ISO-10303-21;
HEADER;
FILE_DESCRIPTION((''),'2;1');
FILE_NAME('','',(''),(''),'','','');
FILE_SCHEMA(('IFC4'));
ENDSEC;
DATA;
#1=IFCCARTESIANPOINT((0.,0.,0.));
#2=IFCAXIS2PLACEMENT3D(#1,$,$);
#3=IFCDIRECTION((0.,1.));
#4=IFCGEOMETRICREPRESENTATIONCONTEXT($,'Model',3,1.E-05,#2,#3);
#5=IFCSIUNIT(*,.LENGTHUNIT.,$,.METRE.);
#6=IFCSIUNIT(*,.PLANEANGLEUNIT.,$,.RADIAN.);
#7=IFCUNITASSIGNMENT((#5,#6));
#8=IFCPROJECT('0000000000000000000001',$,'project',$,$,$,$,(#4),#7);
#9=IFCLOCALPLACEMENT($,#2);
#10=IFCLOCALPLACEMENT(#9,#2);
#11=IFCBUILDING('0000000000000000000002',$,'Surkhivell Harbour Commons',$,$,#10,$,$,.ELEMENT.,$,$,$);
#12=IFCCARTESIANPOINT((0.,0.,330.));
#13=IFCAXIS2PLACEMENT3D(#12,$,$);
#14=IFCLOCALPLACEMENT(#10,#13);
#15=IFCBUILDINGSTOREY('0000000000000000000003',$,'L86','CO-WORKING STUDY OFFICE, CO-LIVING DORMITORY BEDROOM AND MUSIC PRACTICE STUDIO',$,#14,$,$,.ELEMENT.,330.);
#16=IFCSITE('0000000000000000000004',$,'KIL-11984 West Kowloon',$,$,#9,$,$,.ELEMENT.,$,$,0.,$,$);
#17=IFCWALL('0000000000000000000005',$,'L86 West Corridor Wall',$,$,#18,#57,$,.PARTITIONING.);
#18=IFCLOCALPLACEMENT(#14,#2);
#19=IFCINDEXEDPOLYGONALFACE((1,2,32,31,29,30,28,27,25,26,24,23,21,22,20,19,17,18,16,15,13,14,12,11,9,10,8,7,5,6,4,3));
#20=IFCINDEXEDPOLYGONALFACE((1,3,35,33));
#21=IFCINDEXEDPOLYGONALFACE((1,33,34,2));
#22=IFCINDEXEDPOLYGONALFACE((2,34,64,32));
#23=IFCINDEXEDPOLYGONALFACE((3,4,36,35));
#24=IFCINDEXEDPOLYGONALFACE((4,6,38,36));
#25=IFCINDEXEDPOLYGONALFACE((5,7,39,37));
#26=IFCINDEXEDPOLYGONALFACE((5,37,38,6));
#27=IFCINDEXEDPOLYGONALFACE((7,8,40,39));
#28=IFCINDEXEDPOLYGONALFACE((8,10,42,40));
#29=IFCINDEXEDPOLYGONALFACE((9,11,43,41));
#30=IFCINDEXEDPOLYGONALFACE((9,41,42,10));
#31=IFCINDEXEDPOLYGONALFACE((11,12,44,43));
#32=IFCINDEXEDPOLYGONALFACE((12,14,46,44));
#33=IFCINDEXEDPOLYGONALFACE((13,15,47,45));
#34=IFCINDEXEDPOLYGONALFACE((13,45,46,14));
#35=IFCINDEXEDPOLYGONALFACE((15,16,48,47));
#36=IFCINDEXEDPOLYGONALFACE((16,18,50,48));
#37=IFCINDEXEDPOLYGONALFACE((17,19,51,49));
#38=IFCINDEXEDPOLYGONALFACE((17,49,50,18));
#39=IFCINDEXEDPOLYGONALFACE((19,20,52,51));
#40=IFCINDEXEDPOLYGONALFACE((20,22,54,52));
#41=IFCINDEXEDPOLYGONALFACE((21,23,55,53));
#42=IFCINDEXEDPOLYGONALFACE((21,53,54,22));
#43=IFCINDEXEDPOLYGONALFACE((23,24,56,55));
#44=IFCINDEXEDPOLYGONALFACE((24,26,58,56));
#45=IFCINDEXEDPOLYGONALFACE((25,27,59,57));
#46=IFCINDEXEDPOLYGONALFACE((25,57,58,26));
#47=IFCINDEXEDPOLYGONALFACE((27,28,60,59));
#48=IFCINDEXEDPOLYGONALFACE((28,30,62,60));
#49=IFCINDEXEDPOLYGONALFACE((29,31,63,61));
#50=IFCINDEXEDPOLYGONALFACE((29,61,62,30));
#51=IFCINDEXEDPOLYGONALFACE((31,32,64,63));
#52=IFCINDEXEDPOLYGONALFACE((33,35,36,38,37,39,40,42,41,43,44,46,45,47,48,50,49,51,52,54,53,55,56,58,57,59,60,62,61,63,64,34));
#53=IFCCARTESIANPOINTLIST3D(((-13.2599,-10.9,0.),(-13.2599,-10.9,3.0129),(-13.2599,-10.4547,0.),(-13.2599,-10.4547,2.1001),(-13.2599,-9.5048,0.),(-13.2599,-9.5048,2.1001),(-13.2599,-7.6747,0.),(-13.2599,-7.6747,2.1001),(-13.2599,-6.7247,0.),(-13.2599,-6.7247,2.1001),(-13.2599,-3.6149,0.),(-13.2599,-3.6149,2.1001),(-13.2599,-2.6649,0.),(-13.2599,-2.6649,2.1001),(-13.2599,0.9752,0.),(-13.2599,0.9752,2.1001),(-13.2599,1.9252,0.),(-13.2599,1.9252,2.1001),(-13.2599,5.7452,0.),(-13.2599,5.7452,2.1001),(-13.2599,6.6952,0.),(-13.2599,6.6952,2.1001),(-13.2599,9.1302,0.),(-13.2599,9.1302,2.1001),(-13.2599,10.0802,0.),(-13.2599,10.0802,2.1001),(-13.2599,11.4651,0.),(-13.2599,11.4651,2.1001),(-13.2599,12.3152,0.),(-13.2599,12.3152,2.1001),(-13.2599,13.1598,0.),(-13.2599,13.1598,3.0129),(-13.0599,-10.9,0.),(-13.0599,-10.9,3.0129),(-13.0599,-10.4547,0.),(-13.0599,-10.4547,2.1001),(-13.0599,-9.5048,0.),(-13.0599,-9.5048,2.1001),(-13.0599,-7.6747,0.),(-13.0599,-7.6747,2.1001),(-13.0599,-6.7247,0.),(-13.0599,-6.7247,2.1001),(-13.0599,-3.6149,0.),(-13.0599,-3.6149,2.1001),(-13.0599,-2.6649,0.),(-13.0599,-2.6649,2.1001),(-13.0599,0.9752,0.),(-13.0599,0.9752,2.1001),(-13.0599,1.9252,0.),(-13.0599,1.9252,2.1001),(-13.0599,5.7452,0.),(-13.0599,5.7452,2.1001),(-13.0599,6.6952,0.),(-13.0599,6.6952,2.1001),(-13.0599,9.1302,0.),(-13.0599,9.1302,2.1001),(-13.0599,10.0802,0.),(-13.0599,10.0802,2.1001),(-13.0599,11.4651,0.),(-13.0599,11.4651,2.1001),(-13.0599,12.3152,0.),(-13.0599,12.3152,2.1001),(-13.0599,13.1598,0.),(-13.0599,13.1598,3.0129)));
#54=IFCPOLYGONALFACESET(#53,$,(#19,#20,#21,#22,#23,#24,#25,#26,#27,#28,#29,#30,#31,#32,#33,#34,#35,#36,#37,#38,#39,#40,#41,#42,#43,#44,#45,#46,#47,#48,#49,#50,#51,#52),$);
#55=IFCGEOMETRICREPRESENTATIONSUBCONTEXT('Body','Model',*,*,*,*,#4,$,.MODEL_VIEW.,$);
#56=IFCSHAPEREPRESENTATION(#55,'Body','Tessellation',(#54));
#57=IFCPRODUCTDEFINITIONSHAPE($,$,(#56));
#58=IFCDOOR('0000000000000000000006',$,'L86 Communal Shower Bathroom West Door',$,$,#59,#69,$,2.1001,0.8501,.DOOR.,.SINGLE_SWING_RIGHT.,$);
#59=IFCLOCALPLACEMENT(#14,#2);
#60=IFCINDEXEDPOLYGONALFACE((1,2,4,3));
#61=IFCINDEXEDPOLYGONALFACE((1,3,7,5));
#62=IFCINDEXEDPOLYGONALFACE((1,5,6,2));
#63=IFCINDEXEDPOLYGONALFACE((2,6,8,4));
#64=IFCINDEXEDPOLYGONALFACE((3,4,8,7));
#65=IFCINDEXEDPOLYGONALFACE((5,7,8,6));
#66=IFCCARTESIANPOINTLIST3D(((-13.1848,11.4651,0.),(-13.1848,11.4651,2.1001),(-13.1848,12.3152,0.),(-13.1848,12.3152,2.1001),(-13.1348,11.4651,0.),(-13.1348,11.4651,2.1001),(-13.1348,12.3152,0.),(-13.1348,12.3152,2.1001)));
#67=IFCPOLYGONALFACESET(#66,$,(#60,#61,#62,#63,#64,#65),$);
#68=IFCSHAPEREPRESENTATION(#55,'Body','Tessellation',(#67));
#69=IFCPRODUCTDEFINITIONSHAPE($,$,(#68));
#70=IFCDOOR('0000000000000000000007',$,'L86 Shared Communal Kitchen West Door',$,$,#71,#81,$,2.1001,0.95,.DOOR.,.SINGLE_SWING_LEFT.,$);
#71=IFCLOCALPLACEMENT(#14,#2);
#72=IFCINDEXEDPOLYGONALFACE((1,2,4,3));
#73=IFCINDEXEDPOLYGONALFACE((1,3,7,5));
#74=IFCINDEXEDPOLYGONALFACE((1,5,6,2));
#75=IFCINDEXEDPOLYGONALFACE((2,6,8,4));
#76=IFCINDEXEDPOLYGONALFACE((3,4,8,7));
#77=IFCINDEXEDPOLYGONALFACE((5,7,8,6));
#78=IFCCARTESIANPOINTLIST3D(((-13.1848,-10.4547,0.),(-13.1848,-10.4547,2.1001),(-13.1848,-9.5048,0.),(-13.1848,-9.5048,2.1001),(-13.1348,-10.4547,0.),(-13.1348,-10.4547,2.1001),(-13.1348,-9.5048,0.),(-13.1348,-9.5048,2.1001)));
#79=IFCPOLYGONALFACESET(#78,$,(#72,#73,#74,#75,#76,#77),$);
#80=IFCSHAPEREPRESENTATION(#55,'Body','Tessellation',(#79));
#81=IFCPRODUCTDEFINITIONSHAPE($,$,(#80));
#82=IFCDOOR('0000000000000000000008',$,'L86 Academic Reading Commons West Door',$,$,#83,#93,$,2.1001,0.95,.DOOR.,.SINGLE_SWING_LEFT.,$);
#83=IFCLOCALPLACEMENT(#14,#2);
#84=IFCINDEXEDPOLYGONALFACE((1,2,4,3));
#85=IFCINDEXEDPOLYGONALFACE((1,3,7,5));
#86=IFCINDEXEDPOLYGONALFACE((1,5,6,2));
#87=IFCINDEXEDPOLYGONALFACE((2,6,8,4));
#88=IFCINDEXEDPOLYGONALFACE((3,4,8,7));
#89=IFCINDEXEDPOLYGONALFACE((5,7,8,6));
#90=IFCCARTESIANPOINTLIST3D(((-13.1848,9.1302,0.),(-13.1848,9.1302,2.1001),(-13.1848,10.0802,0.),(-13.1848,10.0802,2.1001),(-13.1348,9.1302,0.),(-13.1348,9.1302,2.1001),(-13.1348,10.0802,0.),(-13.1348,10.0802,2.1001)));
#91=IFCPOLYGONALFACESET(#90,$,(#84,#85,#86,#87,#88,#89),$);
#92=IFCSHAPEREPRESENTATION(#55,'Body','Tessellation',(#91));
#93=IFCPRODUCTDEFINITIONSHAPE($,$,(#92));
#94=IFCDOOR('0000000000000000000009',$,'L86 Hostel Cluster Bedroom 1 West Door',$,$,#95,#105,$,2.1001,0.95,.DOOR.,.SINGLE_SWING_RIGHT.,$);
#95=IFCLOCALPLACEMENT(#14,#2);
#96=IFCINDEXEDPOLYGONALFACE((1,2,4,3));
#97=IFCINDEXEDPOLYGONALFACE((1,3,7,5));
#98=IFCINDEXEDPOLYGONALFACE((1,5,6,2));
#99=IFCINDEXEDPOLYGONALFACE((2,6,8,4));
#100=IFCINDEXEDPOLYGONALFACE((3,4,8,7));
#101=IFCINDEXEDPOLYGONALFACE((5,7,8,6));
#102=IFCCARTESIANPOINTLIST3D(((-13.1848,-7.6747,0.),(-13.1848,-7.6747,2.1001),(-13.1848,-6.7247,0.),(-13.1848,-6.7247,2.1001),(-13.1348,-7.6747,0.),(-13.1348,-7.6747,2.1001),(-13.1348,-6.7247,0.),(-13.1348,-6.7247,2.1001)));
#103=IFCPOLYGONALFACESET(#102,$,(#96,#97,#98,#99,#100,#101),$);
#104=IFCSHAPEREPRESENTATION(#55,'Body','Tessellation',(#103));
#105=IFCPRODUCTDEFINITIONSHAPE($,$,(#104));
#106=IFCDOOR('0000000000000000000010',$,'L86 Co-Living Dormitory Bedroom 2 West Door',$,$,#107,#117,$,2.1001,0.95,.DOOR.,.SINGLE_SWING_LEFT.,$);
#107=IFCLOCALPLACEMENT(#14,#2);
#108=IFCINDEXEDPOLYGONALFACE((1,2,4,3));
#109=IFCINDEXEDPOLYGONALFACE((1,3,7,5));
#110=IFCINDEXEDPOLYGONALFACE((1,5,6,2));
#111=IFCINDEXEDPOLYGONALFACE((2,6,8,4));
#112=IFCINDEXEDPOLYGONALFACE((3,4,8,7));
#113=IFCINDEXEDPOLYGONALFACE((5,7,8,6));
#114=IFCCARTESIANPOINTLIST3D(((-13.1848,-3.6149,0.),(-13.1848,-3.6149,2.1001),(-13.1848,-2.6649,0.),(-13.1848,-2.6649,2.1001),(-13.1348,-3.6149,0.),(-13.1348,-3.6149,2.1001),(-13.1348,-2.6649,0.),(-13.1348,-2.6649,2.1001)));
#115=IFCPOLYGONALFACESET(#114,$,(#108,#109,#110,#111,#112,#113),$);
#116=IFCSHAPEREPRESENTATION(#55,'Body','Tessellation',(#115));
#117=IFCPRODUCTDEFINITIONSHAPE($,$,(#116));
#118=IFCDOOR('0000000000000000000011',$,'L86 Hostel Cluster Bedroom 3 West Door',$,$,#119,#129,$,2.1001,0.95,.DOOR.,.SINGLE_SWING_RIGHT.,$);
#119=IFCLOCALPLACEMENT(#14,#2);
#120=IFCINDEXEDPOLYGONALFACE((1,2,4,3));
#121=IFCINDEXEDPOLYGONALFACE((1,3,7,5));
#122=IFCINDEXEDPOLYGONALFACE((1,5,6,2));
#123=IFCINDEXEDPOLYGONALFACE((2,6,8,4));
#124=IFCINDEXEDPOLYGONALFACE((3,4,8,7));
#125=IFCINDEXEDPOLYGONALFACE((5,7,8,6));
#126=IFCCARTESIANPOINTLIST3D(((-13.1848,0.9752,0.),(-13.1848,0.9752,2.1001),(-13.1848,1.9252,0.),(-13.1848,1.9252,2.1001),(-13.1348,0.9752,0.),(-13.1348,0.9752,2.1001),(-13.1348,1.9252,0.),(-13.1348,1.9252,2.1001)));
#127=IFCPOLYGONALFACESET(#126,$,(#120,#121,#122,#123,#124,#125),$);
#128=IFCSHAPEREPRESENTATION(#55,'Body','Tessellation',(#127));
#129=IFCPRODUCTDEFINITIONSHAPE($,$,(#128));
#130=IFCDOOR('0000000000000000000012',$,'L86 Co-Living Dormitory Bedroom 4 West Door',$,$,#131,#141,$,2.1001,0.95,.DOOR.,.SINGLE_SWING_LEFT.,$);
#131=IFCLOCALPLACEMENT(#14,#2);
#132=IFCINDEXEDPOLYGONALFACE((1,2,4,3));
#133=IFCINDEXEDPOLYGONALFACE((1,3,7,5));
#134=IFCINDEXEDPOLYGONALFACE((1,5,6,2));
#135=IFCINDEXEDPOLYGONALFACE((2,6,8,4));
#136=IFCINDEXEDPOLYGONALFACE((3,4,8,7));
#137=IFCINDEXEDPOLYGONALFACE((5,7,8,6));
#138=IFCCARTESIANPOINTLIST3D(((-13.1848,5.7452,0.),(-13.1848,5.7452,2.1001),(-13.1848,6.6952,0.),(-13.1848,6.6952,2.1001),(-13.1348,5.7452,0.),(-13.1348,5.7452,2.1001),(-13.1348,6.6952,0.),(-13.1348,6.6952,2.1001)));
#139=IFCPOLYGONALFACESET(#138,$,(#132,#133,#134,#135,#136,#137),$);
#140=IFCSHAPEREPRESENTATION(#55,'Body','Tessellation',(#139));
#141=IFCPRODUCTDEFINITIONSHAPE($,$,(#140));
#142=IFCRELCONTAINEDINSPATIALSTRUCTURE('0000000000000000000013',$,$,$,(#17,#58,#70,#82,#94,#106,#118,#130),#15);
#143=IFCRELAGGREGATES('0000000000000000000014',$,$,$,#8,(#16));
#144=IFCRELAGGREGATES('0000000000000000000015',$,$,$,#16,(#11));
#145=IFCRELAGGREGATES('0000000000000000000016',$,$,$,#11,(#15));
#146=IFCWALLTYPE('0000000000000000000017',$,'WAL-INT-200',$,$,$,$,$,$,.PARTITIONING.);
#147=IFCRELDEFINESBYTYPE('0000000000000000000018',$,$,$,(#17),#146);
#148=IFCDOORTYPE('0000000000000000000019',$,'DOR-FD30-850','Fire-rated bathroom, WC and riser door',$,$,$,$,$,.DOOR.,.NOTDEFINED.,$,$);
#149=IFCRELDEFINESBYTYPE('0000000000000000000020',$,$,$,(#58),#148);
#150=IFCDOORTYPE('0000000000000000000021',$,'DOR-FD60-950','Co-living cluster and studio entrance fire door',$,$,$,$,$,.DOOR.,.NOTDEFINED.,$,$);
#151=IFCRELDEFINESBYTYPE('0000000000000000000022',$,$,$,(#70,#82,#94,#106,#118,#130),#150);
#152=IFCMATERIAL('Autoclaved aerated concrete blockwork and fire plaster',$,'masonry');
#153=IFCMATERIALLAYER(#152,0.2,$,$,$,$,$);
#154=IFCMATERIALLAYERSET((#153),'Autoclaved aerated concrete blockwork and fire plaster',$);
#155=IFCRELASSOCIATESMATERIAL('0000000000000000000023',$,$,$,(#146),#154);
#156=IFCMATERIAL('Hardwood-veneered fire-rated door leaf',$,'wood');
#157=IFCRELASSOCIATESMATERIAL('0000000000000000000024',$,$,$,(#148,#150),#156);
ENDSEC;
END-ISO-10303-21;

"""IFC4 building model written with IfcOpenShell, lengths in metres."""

from ifc_helpers import new_model, si_unit, direction, frame, frame_2d, origin, place, context, subcontext, project, spatial, rectangle, extrude, material, layer, layer_set, type_object, element, fill, save


model = new_model("IFC4")

# Units and contexts
model_context = context("Model", 3, precision=1e-05, world=origin(), true_north=direction((0.0, 1.0)))
body_context = subcontext(model_context, "Body", "Model", "MODEL_VIEW")
ifc_project = project(units=[si_unit("LENGTHUNIT", "METRE"), si_unit("PLANEANGLEUNIT", "RADIAN")], contexts=[model_context])

# Site, building, storey
site_placement = place(None, origin())
site = spatial("IfcSite", under=ifc_project, at=site_placement, Name="KIL-11984 West Kowloon", CompositionType="ELEMENT", RefElevation=0.0)
building_placement = place(site_placement, origin())
building = spatial("IfcBuilding", under=site, at=building_placement, Name="Surkhivell Harbour Commons", CompositionType="ELEMENT")
storey_placement = place(building_placement, frame((0.0, 0.0, 330.0)))
storey = spatial("IfcBuildingStorey", under=building, at=storey_placement, Name="L86", Description="CO-WORKING STUDY OFFICE, CO-LIVING DORMITORY BEDROOM AND MUSIC PRACTICE STUDIO", CompositionType="ELEMENT", Elevation=330.0)

# Wall, openings, doors
ifc_material_1 = material(Name="Autoclaved aerated concrete blockwork and fire plaster", Category="masonry")
ifc_layer_1 = layer(ifc_material_1, 0.2)
ifc_layer_set_1 = layer_set([ifc_layer_1], Name="Autoclaved aerated concrete blockwork and fire plaster")
wall_type_1 = type_object("IfcWallType", Name="WAL-INT-200", PredefinedType="PARTITIONING", material=ifc_layer_set_1)
wall_1_placement = place(storey_placement, frame((-13.1599, -10.8999, 0.0), z_axis=(0.0, 0.0, 1.0), x_axis=(0.0, 1.0, 0.0)))
wall_1 = element("IfcWall", 1, at=wall_1_placement, inside=storey, type_object=wall_type_1, Name="L86 West Corridor Wall", PredefinedType="PARTITIONING", context=body_context, shape_type="SweptSolid", body=[
    extrude(rectangle(XDim=24.0598, YDim=0.2, at=frame_2d((12.0298, 0.0))), origin(), (0.0, 0.0, 1.0), 3.0129),
])
opening_1_placement = place(wall_1_placement, frame((0.4451, 0.0, 0.0)))
opening_1 = element("IfcOpeningElement", 2, at=opening_1_placement, cuts=wall_1, PredefinedType="OPENING", context=body_context, shape_type="SweptSolid", body=[
    extrude(rectangle(XDim=0.95, YDim=2.1001, at=frame_2d((0.4751, 1.05))), frame((0.0, 0.1099, 0.0), z_axis=(0.0, -1.0, 0.0), x_axis=(1.0, 0.0, 0.0)), (0.0, 0.0, 1.0), 0.22),
])
opening_2_placement = place(wall_1_placement, frame((22.365, 0.0, 0.0)))
opening_2 = element("IfcOpeningElement", 3, at=opening_2_placement, cuts=wall_1, PredefinedType="OPENING", context=body_context, shape_type="SweptSolid", body=[
    extrude(rectangle(XDim=0.8501, YDim=2.1001, at=frame_2d((0.425, 1.05))), frame((0.0, 0.1099, 0.0), z_axis=(0.0, -1.0, 0.0), x_axis=(1.0, 0.0, 0.0)), (0.0, 0.0, 1.0), 0.22),
])
opening_3_placement = place(wall_1_placement, frame((20.03, 0.0, 0.0)))
opening_3 = element("IfcOpeningElement", 4, at=opening_3_placement, cuts=wall_1, PredefinedType="OPENING", context=body_context, shape_type="SweptSolid", body=[
    extrude(rectangle(XDim=0.95, YDim=2.1001, at=frame_2d((0.4751, 1.05))), frame((0.0, 0.1099, 0.0), z_axis=(0.0, -1.0, 0.0), x_axis=(1.0, 0.0, 0.0)), (0.0, 0.0, 1.0), 0.22),
])
opening_4_placement = place(wall_1_placement, frame((3.2251, 0.0, 0.0)))
opening_4 = element("IfcOpeningElement", 5, at=opening_4_placement, cuts=wall_1, PredefinedType="OPENING", context=body_context, shape_type="SweptSolid", body=[
    extrude(rectangle(XDim=0.95, YDim=2.1001, at=frame_2d((0.4751, 1.05))), frame((0.0, 0.1099, 0.0), z_axis=(0.0, -1.0, 0.0), x_axis=(1.0, 0.0, 0.0)), (0.0, 0.0, 1.0), 0.22),
])
opening_5_placement = place(wall_1_placement, frame((7.2849, 0.0, 0.0)))
opening_5 = element("IfcOpeningElement", 6, at=opening_5_placement, cuts=wall_1, PredefinedType="OPENING", context=body_context, shape_type="SweptSolid", body=[
    extrude(rectangle(XDim=0.95, YDim=2.1001, at=frame_2d((0.4751, 1.05))), frame((0.0, 0.1099, 0.0), z_axis=(0.0, -1.0, 0.0), x_axis=(1.0, 0.0, 0.0)), (0.0, 0.0, 1.0), 0.22),
])
opening_6_placement = place(wall_1_placement, frame((11.875, 0.0, 0.0)))
opening_6 = element("IfcOpeningElement", 7, at=opening_6_placement, cuts=wall_1, PredefinedType="OPENING", context=body_context, shape_type="SweptSolid", body=[
    extrude(rectangle(XDim=0.95, YDim=2.1001, at=frame_2d((0.4751, 1.05))), frame((0.0, 0.1099, 0.0), z_axis=(0.0, -1.0, 0.0), x_axis=(1.0, 0.0, 0.0)), (0.0, 0.0, 1.0), 0.22),
])
opening_7_placement = place(wall_1_placement, frame((16.645, 0.0, 0.0)))
opening_7 = element("IfcOpeningElement", 8, at=opening_7_placement, cuts=wall_1, PredefinedType="OPENING", context=body_context, shape_type="SweptSolid", body=[
    extrude(rectangle(XDim=0.95, YDim=2.1001, at=frame_2d((0.4751, 1.05))), frame((0.0, 0.1099, 0.0), z_axis=(0.0, -1.0, 0.0), x_axis=(1.0, 0.0, 0.0)), (0.0, 0.0, 1.0), 0.22),
])
ifc_material_2 = material(Name="Hardwood-veneered fire-rated door leaf", Category="wood")
door_type_1 = type_object("IfcDoorType", Name="DOR-FD30-850", Description="Fire-rated bathroom, WC and riser door", OperationType="NOTDEFINED", PredefinedType="DOOR", material=ifc_material_2)
door_1_placement = place(opening_2_placement, origin())
door_1 = element("IfcDoor", 9, at=door_1_placement, inside=storey, type_object=door_type_1, Name="L86 Communal Shower Bathroom West Door", OperationType="SINGLE_SWING_RIGHT", OverallHeight=2.1001, OverallWidth=0.8501, PredefinedType="DOOR", context=body_context, shape_type="SweptSolid", body=[
    extrude(rectangle(XDim=0.8501, YDim=2.1001, at=frame_2d((0.425, 1.05))), frame((0.0, 0.0249, 0.0), z_axis=(0.0, -1.0, 0.0), x_axis=(1.0, 0.0, 0.0)), (0.0, 0.0, 1.0), 0.05),
])
fill(opening_2, door_1)
door_type_2 = type_object("IfcDoorType", Name="DOR-FD60-950", Description="Co-living cluster and studio entrance fire door", OperationType="NOTDEFINED", PredefinedType="DOOR", material=ifc_material_2)
door_2_placement = place(opening_1_placement, origin())
door_2 = element("IfcDoor", 10, at=door_2_placement, inside=storey, type_object=door_type_2, Name="L86 Shared Communal Kitchen West Door", OperationType="SINGLE_SWING_LEFT", OverallHeight=2.1001, OverallWidth=0.95, PredefinedType="DOOR", context=body_context, shape_type="SweptSolid", body=[
    extrude(rectangle(XDim=0.95, YDim=2.1001, at=frame_2d((0.4751, 1.05))), frame((0.0, 0.0249, 0.0), z_axis=(0.0, -1.0, 0.0), x_axis=(1.0, 0.0, 0.0)), (0.0, 0.0, 1.0), 0.05),
])
fill(opening_1, door_2)
door_3_placement = place(opening_3_placement, origin())
door_3 = element("IfcDoor", 11, at=door_3_placement, inside=storey, type_object=door_type_2, Name="L86 Academic Reading Commons West Door", OperationType="SINGLE_SWING_LEFT", OverallHeight=2.1001, OverallWidth=0.95, PredefinedType="DOOR", context=body_context, shape_type="SweptSolid", body=[
    extrude(rectangle(XDim=0.95, YDim=2.1001, at=frame_2d((0.4751, 1.05))), frame((0.0, 0.0249, 0.0), z_axis=(0.0, -1.0, 0.0), x_axis=(1.0, 0.0, 0.0)), (0.0, 0.0, 1.0), 0.05),
])
fill(opening_3, door_3)
door_4_placement = place(opening_4_placement, origin())
door_4 = element("IfcDoor", 12, at=door_4_placement, inside=storey, type_object=door_type_2, Name="L86 Hostel Cluster Bedroom 1 West Door", OperationType="SINGLE_SWING_RIGHT", OverallHeight=2.1001, OverallWidth=0.95, PredefinedType="DOOR", context=body_context, shape_type="SweptSolid", body=[
    extrude(rectangle(XDim=0.95, YDim=2.1001, at=frame_2d((0.4751, 1.05))), frame((0.0, 0.0249, 0.0), z_axis=(0.0, -1.0, 0.0), x_axis=(1.0, 0.0, 0.0)), (0.0, 0.0, 1.0), 0.05),
])
fill(opening_4, door_4)
door_5_placement = place(opening_5_placement, origin())
door_5 = element("IfcDoor", 13, at=door_5_placement, inside=storey, type_object=door_type_2, Name="L86 Co-Living Dormitory Bedroom 2 West Door", OperationType="SINGLE_SWING_LEFT", OverallHeight=2.1001, OverallWidth=0.95, PredefinedType="DOOR", context=body_context, shape_type="SweptSolid", body=[
    extrude(rectangle(XDim=0.95, YDim=2.1001, at=frame_2d((0.4751, 1.05))), frame((0.0, 0.0249, 0.0), z_axis=(0.0, -1.0, 0.0), x_axis=(1.0, 0.0, 0.0)), (0.0, 0.0, 1.0), 0.05),
])
fill(opening_5, door_5)
door_6_placement = place(opening_6_placement, origin())
door_6 = element("IfcDoor", 14, at=door_6_placement, inside=storey, type_object=door_type_2, Name="L86 Hostel Cluster Bedroom 3 West Door", OperationType="SINGLE_SWING_RIGHT", OverallHeight=2.1001, OverallWidth=0.95, PredefinedType="DOOR", context=body_context, shape_type="SweptSolid", body=[
    extrude(rectangle(XDim=0.95, YDim=2.1001, at=frame_2d((0.4751, 1.05))), frame((0.0, 0.0249, 0.0), z_axis=(0.0, -1.0, 0.0), x_axis=(1.0, 0.0, 0.0)), (0.0, 0.0, 1.0), 0.05),
])
fill(opening_6, door_6)
door_7_placement = place(opening_7_placement, origin())
door_7 = element("IfcDoor", 15, at=door_7_placement, inside=storey, type_object=door_type_2, Name="L86 Co-Living Dormitory Bedroom 4 West Door", OperationType="SINGLE_SWING_LEFT", OverallHeight=2.1001, OverallWidth=0.95, PredefinedType="DOOR", context=body_context, shape_type="SweptSolid", body=[
    extrude(rectangle(XDim=0.95, YDim=2.1001, at=frame_2d((0.4751, 1.05))), frame((0.0, 0.0249, 0.0), z_axis=(0.0, -1.0, 0.0), x_axis=(1.0, 0.0, 0.0)), (0.0, 0.0, 1.0), 0.05),
])
fill(opening_7, door_7)

save(model, "model.ifc")
